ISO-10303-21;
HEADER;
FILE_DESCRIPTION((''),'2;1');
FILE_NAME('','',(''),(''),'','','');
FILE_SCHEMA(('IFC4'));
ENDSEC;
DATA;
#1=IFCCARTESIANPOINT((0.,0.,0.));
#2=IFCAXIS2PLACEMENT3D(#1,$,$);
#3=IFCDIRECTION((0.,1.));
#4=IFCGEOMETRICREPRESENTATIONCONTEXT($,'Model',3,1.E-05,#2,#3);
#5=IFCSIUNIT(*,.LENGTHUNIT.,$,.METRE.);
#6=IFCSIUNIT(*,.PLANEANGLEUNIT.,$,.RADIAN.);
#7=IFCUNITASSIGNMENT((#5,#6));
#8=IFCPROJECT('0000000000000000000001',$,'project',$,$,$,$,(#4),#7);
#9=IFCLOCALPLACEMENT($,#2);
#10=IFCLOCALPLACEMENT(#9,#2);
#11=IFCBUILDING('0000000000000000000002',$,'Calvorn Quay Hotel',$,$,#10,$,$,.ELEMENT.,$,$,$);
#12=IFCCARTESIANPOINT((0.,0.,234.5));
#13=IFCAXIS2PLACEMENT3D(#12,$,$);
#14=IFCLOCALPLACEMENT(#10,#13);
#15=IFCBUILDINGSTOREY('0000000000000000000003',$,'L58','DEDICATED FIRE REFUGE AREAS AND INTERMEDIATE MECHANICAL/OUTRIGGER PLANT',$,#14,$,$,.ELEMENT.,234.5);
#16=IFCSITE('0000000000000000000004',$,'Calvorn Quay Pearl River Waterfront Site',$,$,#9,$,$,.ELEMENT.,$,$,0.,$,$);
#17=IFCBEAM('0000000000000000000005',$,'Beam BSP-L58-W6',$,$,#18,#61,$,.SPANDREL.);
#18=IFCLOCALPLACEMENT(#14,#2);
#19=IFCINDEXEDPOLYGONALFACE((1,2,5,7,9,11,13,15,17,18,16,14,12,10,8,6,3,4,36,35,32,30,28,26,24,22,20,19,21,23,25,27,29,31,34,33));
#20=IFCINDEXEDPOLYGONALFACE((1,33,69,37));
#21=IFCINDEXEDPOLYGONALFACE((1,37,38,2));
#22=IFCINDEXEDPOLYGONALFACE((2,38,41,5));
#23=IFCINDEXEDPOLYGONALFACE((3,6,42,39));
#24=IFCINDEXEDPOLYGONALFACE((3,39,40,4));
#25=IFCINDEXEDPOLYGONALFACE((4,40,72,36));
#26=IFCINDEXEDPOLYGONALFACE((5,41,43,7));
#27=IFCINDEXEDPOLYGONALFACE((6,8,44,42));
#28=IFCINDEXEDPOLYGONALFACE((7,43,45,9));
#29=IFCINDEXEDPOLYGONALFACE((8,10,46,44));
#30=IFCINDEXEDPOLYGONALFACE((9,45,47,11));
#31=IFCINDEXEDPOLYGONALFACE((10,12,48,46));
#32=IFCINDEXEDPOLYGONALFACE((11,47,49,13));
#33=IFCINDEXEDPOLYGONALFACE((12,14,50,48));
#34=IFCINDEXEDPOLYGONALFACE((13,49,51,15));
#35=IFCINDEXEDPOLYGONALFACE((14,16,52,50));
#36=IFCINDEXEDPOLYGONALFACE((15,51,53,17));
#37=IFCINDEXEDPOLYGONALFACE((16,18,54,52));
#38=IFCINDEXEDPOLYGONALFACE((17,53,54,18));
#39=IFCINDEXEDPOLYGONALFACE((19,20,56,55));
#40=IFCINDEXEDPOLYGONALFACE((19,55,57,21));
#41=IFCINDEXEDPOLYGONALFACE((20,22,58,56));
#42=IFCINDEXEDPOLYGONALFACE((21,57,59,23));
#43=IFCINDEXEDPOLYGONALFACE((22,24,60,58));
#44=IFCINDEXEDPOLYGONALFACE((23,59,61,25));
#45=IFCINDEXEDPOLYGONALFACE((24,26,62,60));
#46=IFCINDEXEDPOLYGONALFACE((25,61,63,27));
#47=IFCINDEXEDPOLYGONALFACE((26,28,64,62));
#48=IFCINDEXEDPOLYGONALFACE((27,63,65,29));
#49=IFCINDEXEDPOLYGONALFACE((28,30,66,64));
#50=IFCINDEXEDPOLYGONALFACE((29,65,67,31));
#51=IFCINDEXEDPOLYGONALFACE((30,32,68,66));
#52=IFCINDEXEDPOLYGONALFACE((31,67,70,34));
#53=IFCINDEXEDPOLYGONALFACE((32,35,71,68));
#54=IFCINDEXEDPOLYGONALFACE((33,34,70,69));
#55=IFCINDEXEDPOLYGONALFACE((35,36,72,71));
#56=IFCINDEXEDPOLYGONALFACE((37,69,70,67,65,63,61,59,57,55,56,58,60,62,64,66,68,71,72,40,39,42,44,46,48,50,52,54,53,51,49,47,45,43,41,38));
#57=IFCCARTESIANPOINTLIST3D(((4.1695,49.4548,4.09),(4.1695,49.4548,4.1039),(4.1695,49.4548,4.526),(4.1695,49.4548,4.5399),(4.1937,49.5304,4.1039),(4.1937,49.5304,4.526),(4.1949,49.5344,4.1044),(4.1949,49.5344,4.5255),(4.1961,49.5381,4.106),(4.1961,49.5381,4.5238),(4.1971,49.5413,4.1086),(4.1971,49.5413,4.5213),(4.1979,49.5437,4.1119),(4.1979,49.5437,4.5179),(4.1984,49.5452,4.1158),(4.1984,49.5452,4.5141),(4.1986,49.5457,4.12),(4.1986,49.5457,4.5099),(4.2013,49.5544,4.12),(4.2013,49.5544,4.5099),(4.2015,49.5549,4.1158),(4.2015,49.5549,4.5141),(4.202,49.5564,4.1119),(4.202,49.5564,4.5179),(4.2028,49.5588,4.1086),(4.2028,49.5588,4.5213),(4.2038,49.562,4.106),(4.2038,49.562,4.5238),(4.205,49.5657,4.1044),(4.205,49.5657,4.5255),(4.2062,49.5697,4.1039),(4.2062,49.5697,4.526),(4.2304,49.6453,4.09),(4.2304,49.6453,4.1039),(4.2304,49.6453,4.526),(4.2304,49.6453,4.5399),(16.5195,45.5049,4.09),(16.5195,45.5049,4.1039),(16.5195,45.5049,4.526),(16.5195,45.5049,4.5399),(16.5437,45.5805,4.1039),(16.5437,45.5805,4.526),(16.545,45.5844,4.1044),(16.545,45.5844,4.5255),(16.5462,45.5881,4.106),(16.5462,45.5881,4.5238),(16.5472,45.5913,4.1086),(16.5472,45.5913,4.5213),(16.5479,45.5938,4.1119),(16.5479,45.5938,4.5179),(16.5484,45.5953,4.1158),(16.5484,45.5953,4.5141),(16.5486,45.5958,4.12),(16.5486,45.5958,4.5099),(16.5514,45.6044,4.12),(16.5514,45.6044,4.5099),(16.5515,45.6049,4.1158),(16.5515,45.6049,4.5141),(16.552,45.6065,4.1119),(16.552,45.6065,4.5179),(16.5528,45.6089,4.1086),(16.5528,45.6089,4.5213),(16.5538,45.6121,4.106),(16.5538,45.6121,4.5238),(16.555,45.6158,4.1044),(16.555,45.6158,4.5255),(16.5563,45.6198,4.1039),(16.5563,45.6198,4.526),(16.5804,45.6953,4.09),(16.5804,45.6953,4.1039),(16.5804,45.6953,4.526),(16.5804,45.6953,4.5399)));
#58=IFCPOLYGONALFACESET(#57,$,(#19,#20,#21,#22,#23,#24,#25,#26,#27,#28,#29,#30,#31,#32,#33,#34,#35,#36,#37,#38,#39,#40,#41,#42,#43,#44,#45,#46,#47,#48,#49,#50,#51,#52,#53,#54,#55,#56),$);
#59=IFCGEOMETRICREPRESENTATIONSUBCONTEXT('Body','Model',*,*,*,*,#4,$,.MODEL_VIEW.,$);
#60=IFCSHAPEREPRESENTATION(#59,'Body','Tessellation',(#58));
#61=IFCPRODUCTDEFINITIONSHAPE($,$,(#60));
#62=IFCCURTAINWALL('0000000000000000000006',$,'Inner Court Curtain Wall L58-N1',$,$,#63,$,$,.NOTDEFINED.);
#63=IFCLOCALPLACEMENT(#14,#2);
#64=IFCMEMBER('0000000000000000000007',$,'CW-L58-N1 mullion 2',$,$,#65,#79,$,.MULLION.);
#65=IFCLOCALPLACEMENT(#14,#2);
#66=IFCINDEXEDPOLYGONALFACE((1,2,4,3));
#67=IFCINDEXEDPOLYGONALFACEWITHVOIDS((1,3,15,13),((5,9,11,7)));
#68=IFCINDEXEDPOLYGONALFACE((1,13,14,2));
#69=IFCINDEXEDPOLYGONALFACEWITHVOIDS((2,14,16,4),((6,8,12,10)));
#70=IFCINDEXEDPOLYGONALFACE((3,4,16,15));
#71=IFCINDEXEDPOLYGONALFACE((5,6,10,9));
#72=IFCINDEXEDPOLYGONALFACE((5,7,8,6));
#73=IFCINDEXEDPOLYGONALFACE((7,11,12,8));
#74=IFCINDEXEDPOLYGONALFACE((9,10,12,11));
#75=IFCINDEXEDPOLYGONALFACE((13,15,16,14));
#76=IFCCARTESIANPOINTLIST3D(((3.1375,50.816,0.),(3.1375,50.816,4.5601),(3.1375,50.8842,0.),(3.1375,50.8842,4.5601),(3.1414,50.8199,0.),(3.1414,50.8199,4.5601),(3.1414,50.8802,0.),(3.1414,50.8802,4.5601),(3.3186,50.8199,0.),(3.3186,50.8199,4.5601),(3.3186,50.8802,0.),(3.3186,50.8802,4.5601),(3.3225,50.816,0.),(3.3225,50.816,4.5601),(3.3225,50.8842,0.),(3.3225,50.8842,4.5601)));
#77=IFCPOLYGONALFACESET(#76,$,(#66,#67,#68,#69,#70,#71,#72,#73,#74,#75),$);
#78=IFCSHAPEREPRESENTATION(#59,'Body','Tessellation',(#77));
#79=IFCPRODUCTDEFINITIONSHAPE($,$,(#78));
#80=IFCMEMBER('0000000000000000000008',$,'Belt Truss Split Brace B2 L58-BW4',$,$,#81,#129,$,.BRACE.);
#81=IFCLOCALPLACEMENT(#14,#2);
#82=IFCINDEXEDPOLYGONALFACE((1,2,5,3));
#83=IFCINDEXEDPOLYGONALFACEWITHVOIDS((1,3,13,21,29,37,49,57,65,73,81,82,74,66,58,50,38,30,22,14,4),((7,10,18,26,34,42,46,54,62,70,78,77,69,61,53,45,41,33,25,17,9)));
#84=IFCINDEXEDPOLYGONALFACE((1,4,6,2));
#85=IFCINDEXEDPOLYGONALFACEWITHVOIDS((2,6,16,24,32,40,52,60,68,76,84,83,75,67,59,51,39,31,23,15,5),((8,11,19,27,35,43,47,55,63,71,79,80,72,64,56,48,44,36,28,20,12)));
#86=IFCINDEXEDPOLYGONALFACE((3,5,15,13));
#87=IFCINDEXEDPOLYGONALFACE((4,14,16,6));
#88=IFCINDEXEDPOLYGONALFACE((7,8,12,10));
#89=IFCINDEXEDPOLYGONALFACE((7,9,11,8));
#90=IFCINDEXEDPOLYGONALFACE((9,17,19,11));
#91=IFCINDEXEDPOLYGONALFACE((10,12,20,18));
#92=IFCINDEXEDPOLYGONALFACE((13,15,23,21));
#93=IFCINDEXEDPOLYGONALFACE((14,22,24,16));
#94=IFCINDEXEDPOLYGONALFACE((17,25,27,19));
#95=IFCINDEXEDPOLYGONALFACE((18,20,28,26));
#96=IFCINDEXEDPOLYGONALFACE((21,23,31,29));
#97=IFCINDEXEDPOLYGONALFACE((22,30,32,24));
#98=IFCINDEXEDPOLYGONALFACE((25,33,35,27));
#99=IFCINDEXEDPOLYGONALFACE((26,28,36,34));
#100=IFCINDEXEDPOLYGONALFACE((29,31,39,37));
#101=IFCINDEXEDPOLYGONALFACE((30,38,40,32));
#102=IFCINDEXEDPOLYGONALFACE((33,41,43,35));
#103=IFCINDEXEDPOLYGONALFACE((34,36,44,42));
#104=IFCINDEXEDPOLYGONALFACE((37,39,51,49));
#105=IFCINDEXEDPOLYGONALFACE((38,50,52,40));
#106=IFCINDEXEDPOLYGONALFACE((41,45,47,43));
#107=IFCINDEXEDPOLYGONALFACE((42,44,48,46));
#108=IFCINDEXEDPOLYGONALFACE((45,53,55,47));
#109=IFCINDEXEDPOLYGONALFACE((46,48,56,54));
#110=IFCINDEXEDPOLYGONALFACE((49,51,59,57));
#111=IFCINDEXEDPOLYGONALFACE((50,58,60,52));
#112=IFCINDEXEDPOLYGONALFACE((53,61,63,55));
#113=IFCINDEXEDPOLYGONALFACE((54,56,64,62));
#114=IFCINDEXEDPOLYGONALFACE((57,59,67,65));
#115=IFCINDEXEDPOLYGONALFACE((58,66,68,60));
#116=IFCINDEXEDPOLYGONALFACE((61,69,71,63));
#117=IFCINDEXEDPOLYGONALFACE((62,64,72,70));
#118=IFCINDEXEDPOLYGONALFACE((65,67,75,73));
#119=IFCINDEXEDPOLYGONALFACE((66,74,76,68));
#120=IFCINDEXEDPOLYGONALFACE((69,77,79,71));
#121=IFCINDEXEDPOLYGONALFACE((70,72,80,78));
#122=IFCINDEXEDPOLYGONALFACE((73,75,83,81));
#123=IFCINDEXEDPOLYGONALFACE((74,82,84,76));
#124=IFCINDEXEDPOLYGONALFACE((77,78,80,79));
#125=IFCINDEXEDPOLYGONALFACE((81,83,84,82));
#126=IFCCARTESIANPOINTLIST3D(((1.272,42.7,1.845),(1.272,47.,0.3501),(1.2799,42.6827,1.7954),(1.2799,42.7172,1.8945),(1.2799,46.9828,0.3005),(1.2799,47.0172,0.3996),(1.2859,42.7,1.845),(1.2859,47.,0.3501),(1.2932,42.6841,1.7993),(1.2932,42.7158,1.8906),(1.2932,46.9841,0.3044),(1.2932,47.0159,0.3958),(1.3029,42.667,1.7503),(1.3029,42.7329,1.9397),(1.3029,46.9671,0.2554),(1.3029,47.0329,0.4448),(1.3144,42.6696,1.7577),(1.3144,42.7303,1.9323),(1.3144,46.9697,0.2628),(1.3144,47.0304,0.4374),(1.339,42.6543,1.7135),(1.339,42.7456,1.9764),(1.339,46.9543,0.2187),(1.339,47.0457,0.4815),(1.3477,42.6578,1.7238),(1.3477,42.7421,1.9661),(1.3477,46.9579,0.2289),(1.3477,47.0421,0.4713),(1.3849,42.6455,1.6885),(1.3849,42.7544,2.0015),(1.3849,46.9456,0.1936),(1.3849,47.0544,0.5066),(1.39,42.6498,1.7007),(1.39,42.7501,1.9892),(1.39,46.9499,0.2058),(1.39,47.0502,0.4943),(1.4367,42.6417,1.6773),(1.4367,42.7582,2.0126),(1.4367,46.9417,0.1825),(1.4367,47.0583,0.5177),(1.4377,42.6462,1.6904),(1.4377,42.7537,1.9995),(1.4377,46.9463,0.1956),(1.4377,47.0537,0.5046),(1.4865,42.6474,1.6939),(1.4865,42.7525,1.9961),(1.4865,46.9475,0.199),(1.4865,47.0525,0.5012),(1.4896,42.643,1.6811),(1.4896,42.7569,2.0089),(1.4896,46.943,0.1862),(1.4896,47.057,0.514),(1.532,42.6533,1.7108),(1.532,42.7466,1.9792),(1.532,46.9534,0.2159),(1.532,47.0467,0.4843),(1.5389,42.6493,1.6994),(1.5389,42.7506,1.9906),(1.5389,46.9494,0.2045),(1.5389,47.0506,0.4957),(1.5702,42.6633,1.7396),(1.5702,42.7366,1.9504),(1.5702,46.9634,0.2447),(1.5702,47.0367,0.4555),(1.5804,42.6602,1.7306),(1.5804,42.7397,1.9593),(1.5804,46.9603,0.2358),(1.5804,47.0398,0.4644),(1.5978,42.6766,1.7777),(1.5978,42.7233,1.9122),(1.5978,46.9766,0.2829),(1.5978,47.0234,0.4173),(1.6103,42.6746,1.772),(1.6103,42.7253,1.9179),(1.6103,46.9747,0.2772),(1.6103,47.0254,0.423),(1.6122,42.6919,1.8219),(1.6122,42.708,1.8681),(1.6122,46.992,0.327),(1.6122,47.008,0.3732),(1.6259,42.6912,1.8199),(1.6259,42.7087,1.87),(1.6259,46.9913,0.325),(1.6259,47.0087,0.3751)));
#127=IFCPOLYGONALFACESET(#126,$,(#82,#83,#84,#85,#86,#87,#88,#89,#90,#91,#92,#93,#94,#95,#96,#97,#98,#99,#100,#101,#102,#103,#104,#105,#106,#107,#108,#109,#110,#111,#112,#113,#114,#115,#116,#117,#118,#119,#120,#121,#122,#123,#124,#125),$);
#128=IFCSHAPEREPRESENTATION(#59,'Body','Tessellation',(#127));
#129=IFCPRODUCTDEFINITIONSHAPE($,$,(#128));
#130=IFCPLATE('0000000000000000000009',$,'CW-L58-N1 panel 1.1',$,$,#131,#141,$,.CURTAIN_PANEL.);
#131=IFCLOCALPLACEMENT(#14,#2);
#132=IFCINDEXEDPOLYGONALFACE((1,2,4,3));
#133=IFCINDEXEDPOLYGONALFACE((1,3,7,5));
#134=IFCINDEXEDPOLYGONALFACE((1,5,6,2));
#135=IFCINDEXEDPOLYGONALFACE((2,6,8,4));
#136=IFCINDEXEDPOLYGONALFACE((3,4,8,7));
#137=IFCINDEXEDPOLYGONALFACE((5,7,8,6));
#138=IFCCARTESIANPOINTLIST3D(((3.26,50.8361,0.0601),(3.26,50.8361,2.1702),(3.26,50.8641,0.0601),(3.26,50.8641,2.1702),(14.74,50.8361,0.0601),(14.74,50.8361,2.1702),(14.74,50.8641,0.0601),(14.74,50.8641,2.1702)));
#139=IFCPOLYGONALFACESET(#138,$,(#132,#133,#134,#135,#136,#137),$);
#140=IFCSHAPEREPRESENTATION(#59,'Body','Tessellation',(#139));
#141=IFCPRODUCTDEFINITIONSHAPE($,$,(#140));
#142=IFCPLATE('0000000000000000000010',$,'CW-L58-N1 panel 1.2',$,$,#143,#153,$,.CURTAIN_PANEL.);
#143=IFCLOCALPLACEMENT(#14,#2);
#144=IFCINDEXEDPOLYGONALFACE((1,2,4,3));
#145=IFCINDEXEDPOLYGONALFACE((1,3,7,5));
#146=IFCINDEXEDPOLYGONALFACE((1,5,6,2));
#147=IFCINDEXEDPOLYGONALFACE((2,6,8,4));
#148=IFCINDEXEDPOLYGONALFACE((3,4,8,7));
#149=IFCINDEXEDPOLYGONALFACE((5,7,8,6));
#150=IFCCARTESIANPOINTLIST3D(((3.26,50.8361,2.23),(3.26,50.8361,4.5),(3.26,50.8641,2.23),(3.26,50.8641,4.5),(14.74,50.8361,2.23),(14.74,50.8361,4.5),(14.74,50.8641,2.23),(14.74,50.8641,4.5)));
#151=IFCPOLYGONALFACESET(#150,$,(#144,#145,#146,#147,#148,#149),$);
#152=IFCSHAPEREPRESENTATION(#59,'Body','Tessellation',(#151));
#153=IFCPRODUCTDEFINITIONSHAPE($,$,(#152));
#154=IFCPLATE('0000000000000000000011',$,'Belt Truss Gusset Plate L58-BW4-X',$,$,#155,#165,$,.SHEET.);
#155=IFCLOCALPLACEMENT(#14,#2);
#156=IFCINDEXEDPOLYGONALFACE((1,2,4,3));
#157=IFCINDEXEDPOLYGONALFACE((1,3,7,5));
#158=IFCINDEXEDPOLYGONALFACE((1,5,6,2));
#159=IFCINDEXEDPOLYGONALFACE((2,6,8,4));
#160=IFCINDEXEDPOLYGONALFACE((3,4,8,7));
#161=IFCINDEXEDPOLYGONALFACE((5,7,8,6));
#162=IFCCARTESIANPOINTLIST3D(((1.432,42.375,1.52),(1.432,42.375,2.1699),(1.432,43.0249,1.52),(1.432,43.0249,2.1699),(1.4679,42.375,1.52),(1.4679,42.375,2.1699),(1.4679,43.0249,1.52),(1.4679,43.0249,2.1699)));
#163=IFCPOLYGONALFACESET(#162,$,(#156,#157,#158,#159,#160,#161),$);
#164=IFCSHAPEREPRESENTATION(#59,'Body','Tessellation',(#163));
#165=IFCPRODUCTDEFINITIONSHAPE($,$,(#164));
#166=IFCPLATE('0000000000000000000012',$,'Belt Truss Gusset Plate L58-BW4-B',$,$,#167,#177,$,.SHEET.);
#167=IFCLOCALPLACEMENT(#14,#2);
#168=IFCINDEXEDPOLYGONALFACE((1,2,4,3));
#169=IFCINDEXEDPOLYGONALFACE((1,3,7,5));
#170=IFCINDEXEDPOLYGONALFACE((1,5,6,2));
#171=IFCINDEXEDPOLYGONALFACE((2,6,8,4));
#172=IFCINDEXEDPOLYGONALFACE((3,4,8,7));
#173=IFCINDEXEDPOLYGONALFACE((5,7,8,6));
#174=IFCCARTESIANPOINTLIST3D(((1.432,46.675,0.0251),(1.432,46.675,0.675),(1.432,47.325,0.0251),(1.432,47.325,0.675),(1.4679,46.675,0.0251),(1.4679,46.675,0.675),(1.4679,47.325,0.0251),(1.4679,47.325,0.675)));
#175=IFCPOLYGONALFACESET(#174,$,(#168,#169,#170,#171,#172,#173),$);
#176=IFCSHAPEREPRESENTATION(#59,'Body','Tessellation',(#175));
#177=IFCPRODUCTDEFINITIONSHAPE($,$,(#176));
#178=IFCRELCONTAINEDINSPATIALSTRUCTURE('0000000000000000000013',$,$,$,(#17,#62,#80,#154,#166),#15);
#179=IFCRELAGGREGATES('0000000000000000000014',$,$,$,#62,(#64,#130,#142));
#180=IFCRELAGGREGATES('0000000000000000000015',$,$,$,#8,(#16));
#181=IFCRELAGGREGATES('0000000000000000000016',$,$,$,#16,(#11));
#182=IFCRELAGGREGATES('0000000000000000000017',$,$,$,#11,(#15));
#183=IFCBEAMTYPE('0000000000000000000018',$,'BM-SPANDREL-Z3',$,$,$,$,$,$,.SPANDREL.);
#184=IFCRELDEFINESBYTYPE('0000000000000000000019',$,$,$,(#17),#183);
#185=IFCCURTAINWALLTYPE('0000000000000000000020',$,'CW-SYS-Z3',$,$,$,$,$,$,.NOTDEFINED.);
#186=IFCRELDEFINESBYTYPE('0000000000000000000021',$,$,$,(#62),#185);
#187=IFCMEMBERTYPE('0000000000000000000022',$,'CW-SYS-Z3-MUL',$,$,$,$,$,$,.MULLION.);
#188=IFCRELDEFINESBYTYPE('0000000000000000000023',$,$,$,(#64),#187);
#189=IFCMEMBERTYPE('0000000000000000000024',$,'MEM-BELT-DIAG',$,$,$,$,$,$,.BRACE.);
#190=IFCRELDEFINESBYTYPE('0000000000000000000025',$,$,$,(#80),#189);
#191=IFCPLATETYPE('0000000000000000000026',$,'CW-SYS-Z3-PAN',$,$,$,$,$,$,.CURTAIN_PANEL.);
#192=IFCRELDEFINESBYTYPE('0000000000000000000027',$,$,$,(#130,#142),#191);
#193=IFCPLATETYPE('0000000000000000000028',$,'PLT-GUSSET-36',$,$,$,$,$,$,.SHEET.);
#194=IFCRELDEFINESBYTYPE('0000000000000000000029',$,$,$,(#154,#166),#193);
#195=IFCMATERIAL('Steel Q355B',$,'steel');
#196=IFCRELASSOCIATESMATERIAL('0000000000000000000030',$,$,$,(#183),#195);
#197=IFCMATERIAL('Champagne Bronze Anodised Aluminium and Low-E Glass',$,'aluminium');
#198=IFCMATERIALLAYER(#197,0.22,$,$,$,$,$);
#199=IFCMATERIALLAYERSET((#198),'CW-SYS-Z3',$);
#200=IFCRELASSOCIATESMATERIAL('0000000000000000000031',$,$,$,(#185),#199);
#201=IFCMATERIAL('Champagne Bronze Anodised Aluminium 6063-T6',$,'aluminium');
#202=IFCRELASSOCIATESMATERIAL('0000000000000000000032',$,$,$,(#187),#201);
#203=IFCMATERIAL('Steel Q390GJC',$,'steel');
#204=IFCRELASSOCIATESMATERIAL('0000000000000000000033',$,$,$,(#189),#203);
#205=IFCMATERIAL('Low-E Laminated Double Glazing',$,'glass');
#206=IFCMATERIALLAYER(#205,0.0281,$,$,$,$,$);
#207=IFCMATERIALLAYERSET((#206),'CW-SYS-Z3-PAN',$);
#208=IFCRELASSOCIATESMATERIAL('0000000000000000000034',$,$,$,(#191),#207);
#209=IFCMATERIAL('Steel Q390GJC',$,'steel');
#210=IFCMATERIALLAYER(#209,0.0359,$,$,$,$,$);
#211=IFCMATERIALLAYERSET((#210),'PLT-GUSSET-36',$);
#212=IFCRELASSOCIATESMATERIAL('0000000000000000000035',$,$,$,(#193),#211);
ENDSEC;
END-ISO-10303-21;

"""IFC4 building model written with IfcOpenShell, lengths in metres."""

from ifc_helpers import new_model, si_unit, direction, frame, origin, origin_2d, place, context, subcontext, project, spatial, rectangle, hollow_rectangle, hollow_circle, i_section, extrude, material, layer, layer_set, material_profile, profile_set, type_object, element, aggregate, save


model = new_model("IFC4")

# Units and contexts
model_context = context("Model", 3, precision=1e-05, world=origin(), true_north=direction((0.0, 1.0)))
body_context = subcontext(model_context, "Body", "Model", "MODEL_VIEW")
ifc_project = project(units=[si_unit("LENGTHUNIT", "METRE"), si_unit("PLANEANGLEUNIT", "RADIAN")], contexts=[model_context])

# Site, building, storey
site_placement = place(None, origin())
site = spatial("IfcSite", under=ifc_project, at=site_placement, Name="Calvorn Quay Pearl River Waterfront Site", CompositionType="ELEMENT", RefElevation=0.0)
building_placement = place(site_placement, origin())
building = spatial("IfcBuilding", under=site, at=building_placement, Name="Calvorn Quay Hotel", CompositionType="ELEMENT")
storey_placement = place(building_placement, frame((0.0, 0.0, 234.5)))
storey = spatial("IfcBuildingStorey", under=building, at=storey_placement, Name="L58", Description="DEDICATED FIRE REFUGE AREAS AND INTERMEDIATE MECHANICAL/OUTRIGGER PLANT", CompositionType="ELEMENT", Elevation=234.5)

# Beam
ifc_material_1 = material(Name="Steel Q355B", Category="steel")
ifc_material_profile_1 = material_profile(ifc_material_1, i_section(OverallWidth=0.2, OverallDepth=0.45, WebThickness=0.009, FlangeThickness=0.0139, FilletRadius=0.0161, at=origin_2d()), Name="HN450x200x9x14")
ifc_profile_set_1 = profile_set([ifc_material_profile_1], Name="Steel Q355B")
beam_type_1 = type_object("IfcBeamType", Name="BM-SPANDREL-Z3", PredefinedType="SPANDREL", material=ifc_profile_set_1)
beam_1_placement = place(storey_placement, frame((4.2, 49.55, 4.3149), z_axis=(0.952471, -0.30463, 0.0), x_axis=(0.30463, 0.952471, 0.0)))
element("IfcBeam", 1, at=beam_1_placement, inside=storey, type_object=beam_type_1, Name="Beam BSP-L58-W6", PredefinedType="SPANDREL", context=body_context, shape_type="SweptSolid", body=[
    extrude(i_section(OverallWidth=0.2, OverallDepth=0.45, WebThickness=0.009, FlangeThickness=0.0139, FilletRadius=0.0161, at=origin_2d()), origin(), (0.0, 0.0, 1.0), 12.9663),
])

# Curtain wall, member
ifc_material_2 = material(Name="Champagne Bronze Anodised Aluminium and Low-E Glass", Category="aluminium")
ifc_layer_1 = layer(ifc_material_2, 0.22)
ifc_layer_set_1 = layer_set([ifc_layer_1], Name="CW-SYS-Z3")
curtain_wall_type = type_object("IfcCurtainWallType", Name="CW-SYS-Z3", PredefinedType="NOTDEFINED", material=ifc_layer_set_1)
curtain_wall_placement = place(storey_placement, origin())
curtain_wall = element("IfcCurtainWall", 2, at=curtain_wall_placement, inside=storey, type_object=curtain_wall_type, Name="Inner Court Curtain Wall L58-N1", PredefinedType="NOTDEFINED")
ifc_material_3 = material(Name="Champagne Bronze Anodised Aluminium 6063-T6", Category="aluminium")
ifc_material_profile_2 = material_profile(ifc_material_3, hollow_rectangle(XDim=0.0681, YDim=0.1851, WallThickness=0.0039, at=origin_2d()), Name="ALU-M185x68x4")
ifc_profile_set_2 = profile_set([ifc_material_profile_2], Name="Champagne Bronze Anodised Aluminium 6063-T6")
member_type_1 = type_object("IfcMemberType", Name="CW-SYS-Z3-MUL", PredefinedType="MULLION", material=ifc_profile_set_2)
member_1_placement = place(storey_placement, frame((3.23, 50.8501, 0.0), z_axis=(0.0, 0.0, 1.0), x_axis=(0.0, -1.0, 0.0)))
member_1 = element("IfcMember", 3, at=member_1_placement, type_object=member_type_1, Name="CW-L58-N1 mullion 2", PredefinedType="MULLION", context=body_context, shape_type="SweptSolid", body=[
    extrude(hollow_rectangle(XDim=0.0681, YDim=0.1851, WallThickness=0.0039, at=origin_2d()), origin(), (0.0, 0.0, 1.0), 4.5601),
])

# Member
ifc_material_4 = material(Name="Steel Q390GJC", Category="steel")
ifc_material_profile_3 = material_profile(ifc_material_4, hollow_circle(Radius=0.178, WallThickness=0.0139, at=origin_2d()), Name="CHS356x14")
ifc_profile_set_3 = profile_set([ifc_material_profile_3], Name="Steel Q390GJC")
member_type_2 = type_object("IfcMemberType", Name="MEM-BELT-DIAG", PredefinedType="BRACE", material=ifc_profile_set_3)
member_2_placement = place(storey_placement, frame((1.45, 42.7, 1.845), z_axis=(0.0, 0.944551, -0.328365), x_axis=(-1.0, 0.0, 0.0)))
element("IfcMember", 4, at=member_2_placement, inside=storey, type_object=member_type_2, Name="Belt Truss Split Brace B2 L58-BW4", PredefinedType="BRACE", context=body_context, shape_type="SweptSolid", body=[
    extrude(hollow_circle(Radius=0.178, WallThickness=0.0139, at=origin_2d()), origin(), (0.0, 0.0, 1.0), 4.5525),
])

# Plates
ifc_material_5 = material(Name="Low-E Laminated Double Glazing", Category="glass")
ifc_layer_2 = layer(ifc_material_5, 0.0281)
ifc_layer_set_2 = layer_set([ifc_layer_2], Name="CW-SYS-Z3-PAN")
plate_type_1 = type_object("IfcPlateType", Name="CW-SYS-Z3-PAN", PredefinedType="CURTAIN_PANEL", material=ifc_layer_set_2)
plate_1_placement = place(storey_placement, frame((9.0, 50.8501, 0.0601), z_axis=(0.0, 0.0, 1.0), x_axis=(-1.0, 0.0, 0.0)))
plate_1 = element("IfcPlate", 5, at=plate_1_placement, type_object=plate_type_1, Name="CW-L58-N1 panel 1.1", PredefinedType="CURTAIN_PANEL", context=body_context, shape_type="SweptSolid", body=[
    extrude(rectangle(XDim=11.48, YDim=0.0281, at=origin_2d()), origin(), (0.0, 0.0, 1.0), 2.1101),
])
plate_2_placement = place(storey_placement, frame((9.0, 50.8501, 2.23), z_axis=(0.0, 0.0, 1.0), x_axis=(-1.0, 0.0, 0.0)))
plate_2 = element("IfcPlate", 6, at=plate_2_placement, type_object=plate_type_1, Name="CW-L58-N1 panel 1.2", PredefinedType="CURTAIN_PANEL", context=body_context, shape_type="SweptSolid", body=[
    extrude(rectangle(XDim=11.48, YDim=0.0281, at=origin_2d()), origin(), (0.0, 0.0, 1.0), 2.27),
])
aggregate(curtain_wall, [member_1, plate_1, plate_2])

# Plates
ifc_material_6 = material(Name="Steel Q390GJC", Category="steel")
ifc_layer_3 = layer(ifc_material_6, 0.0359)
ifc_layer_set_3 = layer_set([ifc_layer_3], Name="PLT-GUSSET-36")
plate_type_2 = type_object("IfcPlateType", Name="PLT-GUSSET-36", PredefinedType="SHEET", material=ifc_layer_set_3)
for number, where, z_axis, x_axis, name in (
    (7, (1.45, 42.7, 1.52), (0.0, 0.0, 1.0), (0.0, 1.0, 0.0), "Belt Truss Gusset Plate L58-BW4-X"),
    (8, (1.45, 47.0, 0.0251), (0.0, 0.0, 1.0), (0.0, 1.0, 0.0), "Belt Truss Gusset Plate L58-BW4-B"),
):
    element("IfcPlate", number, at=place(storey_placement, frame(where, z_axis=z_axis, x_axis=x_axis)), inside=storey, type_object=plate_type_2, Name=name, PredefinedType="SHEET", context=body_context, shape_type="SweptSolid", body=[
        extrude(rectangle(XDim=0.6499, YDim=0.0359, at=origin_2d()), origin(), (0.0, 0.0, 1.0), 0.6499),
    ])

save(model, "model.ifc")
